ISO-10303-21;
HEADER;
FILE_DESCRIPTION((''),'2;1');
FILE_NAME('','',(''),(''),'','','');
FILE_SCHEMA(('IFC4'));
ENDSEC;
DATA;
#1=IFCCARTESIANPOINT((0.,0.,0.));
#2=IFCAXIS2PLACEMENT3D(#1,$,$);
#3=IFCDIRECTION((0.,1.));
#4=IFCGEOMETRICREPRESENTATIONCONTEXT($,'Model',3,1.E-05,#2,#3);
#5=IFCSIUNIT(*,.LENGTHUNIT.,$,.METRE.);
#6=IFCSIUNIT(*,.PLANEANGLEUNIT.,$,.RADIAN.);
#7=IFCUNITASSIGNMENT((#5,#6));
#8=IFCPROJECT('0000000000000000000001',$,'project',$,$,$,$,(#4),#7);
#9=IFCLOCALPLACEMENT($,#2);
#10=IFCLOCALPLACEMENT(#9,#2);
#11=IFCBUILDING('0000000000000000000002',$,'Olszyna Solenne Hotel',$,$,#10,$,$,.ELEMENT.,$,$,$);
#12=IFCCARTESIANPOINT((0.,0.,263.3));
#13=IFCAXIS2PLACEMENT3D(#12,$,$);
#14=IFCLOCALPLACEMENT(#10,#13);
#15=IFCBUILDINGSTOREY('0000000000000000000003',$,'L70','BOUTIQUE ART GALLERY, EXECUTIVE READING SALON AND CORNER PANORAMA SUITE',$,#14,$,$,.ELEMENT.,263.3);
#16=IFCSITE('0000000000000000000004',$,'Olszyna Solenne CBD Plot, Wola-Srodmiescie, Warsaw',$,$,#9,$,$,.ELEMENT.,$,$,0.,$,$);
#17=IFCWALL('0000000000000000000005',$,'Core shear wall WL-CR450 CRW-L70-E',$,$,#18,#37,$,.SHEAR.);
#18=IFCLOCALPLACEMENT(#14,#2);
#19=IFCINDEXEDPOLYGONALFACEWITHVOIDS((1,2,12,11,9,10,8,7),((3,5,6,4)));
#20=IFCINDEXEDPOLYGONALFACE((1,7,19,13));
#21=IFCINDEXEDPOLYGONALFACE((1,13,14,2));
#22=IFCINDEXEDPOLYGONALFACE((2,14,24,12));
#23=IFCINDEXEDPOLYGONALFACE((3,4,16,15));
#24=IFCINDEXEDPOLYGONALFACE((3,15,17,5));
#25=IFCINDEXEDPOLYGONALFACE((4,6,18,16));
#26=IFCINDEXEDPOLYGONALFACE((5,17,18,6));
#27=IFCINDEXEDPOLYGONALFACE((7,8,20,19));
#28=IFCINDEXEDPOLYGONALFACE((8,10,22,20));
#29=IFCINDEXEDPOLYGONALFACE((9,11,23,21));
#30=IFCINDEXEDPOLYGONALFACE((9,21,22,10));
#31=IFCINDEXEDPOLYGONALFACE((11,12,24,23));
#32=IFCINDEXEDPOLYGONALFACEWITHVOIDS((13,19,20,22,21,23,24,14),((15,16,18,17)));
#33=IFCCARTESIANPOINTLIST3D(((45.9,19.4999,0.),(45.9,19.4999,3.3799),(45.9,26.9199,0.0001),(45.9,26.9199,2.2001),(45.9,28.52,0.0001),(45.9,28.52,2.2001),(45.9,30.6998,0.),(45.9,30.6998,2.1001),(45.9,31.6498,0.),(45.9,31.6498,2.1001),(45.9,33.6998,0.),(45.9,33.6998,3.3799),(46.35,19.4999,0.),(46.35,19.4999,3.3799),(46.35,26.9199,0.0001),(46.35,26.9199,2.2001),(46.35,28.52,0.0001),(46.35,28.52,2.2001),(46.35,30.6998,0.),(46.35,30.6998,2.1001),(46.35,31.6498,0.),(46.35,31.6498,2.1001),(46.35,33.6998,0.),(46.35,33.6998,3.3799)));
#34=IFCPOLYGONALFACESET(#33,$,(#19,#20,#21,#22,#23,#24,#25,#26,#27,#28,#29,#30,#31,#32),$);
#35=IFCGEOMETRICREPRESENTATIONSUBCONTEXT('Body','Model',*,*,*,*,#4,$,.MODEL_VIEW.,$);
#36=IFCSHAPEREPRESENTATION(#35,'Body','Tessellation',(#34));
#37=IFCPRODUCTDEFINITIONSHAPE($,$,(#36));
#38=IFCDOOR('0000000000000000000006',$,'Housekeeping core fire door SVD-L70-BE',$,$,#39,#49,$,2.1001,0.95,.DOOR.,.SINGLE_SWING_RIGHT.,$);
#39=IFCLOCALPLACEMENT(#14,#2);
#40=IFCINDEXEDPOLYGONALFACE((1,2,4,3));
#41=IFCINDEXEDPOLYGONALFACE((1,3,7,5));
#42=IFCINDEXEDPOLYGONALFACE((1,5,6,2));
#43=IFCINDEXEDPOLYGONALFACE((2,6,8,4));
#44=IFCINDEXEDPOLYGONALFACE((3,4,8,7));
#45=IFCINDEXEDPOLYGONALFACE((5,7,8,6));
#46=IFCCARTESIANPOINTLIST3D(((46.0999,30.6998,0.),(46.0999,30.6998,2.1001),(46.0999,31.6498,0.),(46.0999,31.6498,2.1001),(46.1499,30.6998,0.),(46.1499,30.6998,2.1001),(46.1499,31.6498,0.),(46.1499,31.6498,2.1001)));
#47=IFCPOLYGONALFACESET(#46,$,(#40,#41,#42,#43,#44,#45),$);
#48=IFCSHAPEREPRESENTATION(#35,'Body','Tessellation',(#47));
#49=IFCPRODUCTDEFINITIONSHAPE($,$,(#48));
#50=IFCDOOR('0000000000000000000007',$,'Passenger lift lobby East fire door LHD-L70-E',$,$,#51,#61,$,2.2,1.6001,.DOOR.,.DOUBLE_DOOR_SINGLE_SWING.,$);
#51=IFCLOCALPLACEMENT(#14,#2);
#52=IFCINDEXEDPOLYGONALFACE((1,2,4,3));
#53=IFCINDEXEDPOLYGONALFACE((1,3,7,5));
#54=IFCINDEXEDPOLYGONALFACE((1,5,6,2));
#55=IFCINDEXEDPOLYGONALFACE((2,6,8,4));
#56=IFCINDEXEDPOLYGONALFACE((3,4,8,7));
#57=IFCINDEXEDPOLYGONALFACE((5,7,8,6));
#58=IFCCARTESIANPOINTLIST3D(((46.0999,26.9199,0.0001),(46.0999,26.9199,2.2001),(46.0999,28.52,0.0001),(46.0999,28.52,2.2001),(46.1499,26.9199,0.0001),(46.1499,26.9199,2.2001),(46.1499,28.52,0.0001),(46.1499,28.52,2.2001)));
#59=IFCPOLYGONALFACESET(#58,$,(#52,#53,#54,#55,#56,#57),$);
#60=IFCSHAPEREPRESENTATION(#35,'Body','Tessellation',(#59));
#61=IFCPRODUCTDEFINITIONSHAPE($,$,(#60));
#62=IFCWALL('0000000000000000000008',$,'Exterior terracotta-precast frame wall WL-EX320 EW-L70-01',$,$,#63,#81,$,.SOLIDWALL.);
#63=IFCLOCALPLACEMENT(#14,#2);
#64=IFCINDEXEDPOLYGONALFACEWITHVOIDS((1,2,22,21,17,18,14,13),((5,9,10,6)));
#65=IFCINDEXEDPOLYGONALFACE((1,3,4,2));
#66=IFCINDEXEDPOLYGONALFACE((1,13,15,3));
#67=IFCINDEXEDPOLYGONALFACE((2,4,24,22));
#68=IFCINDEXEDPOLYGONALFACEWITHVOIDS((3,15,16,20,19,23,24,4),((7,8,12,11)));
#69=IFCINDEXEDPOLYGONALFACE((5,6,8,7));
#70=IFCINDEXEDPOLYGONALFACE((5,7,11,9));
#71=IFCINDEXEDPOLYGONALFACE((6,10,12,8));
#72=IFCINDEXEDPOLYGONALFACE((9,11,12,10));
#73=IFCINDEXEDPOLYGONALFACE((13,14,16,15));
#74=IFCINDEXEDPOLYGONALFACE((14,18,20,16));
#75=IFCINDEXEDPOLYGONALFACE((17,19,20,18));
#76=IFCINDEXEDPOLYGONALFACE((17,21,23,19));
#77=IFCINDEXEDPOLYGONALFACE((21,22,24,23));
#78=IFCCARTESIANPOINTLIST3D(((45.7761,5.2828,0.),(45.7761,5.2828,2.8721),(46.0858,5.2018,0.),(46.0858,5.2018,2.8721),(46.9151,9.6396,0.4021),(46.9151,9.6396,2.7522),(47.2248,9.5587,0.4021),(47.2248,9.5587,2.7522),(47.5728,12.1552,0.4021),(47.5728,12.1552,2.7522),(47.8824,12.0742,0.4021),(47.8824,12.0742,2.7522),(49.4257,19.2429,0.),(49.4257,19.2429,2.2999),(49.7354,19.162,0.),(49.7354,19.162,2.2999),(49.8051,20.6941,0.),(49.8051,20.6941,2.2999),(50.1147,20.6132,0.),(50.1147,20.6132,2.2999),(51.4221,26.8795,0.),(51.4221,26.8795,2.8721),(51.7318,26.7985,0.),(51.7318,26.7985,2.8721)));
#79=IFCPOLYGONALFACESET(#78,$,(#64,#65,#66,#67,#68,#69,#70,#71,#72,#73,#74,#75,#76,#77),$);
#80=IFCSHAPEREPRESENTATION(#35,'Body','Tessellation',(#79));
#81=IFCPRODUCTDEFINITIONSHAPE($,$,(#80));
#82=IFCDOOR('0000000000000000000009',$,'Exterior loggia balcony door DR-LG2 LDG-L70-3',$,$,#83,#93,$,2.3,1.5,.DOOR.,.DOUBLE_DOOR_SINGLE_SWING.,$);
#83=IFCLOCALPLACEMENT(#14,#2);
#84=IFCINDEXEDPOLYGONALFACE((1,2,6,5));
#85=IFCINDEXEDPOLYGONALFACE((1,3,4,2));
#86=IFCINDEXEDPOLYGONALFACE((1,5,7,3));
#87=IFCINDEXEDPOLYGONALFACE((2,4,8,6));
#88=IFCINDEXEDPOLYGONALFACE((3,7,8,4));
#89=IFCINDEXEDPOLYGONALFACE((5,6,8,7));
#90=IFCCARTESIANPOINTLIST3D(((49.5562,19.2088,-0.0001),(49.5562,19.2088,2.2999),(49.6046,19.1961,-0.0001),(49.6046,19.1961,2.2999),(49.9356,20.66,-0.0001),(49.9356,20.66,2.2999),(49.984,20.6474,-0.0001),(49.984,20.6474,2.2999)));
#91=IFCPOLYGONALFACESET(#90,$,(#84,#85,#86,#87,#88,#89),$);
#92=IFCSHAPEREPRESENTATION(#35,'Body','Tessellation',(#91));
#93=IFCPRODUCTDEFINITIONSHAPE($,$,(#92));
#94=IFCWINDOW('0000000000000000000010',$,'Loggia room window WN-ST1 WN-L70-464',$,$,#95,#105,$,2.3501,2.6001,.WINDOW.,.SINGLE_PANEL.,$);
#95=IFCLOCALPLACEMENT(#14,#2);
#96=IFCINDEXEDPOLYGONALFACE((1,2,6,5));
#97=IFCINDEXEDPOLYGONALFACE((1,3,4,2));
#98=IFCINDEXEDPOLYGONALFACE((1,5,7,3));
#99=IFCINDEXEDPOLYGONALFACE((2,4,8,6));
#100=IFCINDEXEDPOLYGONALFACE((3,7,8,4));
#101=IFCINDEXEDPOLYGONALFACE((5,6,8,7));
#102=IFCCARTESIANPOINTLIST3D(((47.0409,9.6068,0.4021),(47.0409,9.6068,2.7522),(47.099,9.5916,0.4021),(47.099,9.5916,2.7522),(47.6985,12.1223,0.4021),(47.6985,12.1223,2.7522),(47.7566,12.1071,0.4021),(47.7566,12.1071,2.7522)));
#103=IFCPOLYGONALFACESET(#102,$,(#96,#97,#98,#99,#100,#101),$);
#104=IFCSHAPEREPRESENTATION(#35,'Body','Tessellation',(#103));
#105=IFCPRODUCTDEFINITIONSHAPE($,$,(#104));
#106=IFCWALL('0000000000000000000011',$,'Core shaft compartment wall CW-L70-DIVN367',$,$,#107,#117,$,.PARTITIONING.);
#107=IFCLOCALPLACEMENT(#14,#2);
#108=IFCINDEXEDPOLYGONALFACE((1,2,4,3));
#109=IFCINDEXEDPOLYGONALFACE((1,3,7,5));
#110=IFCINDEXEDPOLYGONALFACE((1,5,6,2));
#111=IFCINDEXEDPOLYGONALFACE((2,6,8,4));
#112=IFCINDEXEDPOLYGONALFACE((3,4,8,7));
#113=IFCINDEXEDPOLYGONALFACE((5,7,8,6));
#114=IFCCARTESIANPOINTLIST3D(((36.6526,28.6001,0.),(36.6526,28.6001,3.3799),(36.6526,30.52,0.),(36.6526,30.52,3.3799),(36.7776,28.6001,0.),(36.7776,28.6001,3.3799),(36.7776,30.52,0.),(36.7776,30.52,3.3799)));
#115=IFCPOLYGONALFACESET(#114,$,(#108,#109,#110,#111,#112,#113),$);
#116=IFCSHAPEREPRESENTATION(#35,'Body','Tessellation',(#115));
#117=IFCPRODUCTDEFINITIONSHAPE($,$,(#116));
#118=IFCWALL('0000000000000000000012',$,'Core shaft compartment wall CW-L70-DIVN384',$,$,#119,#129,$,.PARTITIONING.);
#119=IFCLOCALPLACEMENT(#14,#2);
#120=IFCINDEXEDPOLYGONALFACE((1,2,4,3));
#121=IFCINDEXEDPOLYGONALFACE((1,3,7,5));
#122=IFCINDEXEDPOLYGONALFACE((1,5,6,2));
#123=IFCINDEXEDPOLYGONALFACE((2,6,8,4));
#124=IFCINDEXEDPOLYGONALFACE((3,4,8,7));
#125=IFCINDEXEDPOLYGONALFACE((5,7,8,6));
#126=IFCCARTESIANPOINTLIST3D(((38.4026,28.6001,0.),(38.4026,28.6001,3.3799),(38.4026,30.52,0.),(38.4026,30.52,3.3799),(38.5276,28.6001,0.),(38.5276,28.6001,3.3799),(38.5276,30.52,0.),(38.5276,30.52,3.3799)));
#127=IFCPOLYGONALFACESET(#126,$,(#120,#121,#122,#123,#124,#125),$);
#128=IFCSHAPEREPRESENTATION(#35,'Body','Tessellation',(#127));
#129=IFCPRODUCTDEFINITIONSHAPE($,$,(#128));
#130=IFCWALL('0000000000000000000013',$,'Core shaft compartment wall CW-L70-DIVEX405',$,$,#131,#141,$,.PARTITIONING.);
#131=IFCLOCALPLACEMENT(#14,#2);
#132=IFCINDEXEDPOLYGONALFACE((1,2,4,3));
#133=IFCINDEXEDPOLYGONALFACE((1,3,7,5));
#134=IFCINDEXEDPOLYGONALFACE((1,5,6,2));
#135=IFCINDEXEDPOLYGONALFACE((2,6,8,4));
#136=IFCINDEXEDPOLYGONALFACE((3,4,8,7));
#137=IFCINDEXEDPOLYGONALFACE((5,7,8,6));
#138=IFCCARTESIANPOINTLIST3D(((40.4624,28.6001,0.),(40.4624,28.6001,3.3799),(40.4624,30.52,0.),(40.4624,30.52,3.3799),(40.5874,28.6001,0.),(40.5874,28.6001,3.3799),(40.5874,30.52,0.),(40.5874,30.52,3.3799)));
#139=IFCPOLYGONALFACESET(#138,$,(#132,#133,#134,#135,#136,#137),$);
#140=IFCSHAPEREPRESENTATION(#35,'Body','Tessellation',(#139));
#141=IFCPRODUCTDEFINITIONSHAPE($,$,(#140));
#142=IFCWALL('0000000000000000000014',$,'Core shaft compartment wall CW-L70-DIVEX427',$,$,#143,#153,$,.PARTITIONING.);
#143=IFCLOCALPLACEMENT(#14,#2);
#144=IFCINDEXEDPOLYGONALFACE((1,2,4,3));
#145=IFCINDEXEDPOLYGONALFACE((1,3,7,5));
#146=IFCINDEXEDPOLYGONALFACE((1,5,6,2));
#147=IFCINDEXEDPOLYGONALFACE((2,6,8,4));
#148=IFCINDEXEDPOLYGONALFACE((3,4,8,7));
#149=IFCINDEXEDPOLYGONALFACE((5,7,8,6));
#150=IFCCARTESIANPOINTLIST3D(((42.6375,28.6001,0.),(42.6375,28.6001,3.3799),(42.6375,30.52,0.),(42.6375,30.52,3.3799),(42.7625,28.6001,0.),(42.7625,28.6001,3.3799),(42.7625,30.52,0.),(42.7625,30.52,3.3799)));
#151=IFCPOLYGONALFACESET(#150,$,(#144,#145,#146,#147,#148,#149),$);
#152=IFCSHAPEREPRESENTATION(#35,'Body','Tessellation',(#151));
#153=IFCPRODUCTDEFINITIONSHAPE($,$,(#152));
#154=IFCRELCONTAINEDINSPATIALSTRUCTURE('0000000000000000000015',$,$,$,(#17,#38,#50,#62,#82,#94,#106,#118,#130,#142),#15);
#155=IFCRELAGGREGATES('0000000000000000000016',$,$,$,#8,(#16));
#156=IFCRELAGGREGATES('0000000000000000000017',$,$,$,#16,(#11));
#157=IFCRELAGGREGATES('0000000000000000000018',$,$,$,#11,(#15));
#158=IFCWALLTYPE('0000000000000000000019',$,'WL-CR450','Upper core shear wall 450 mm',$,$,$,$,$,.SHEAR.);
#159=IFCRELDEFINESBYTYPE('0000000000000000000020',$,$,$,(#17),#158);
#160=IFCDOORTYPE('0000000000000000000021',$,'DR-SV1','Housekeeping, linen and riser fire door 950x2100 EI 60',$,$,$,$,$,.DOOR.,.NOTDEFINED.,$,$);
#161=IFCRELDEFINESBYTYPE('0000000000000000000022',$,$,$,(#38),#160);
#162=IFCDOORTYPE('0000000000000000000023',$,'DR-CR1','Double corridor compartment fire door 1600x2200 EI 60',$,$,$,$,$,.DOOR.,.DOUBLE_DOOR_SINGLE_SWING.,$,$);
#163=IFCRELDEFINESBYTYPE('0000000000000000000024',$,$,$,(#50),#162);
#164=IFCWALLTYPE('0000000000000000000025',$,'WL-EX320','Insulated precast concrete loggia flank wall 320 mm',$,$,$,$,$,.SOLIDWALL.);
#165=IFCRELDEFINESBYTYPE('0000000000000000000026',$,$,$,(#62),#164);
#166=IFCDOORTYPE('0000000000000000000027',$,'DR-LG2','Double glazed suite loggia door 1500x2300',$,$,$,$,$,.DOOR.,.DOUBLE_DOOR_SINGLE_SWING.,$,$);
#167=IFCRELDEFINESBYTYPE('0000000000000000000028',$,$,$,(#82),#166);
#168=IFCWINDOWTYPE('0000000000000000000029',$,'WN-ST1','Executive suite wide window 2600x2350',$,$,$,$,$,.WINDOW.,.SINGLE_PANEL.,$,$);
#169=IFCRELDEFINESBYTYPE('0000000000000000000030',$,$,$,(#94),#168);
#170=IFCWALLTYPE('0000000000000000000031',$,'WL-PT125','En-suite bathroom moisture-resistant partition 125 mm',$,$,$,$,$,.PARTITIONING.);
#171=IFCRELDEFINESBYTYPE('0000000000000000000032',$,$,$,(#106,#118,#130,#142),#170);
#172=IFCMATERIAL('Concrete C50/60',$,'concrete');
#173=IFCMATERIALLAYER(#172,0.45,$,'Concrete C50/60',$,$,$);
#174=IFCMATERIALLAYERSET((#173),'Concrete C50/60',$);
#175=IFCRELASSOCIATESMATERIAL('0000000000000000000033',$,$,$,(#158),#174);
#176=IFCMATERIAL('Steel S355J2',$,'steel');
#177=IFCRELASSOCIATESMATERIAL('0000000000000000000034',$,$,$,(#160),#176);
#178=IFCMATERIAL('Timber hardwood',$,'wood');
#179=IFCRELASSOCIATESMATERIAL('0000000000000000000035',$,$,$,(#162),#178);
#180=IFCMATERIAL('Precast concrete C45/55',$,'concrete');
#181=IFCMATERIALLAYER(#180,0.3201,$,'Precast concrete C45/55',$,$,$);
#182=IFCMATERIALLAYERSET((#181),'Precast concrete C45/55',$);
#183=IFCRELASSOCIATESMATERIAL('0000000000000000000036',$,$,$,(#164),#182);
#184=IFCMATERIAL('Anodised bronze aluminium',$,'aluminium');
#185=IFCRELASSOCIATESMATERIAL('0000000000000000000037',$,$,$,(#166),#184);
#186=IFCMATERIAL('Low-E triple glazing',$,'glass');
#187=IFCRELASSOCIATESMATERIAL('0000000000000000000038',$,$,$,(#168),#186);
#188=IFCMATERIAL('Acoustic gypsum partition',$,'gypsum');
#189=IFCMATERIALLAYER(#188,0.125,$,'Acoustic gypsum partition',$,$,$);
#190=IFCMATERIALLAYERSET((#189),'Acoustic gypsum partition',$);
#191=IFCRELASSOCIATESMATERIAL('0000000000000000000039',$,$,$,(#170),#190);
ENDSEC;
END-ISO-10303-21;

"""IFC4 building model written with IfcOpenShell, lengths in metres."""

from ifc_helpers import new_model, si_unit, direction, frame, frame_2d, origin, place, context, subcontext, project, spatial, rectangle, extrude, source, transform, mapped, material, layer, layer_set, type_object, type_shapes, element, fill, save


model = new_model("IFC4")

# Units and contexts
model_context = context("Model", 3, precision=1e-05, world=origin(), true_north=direction((0.0, 1.0)))
body_context = subcontext(model_context, "Body", "Model", "MODEL_VIEW")
ifc_project = project(units=[si_unit("LENGTHUNIT", "METRE"), si_unit("PLANEANGLEUNIT", "RADIAN")], contexts=[model_context])

# Site, building, storey
site_placement = place(None, origin())
site = spatial("IfcSite", under=ifc_project, at=site_placement, Name="Olszyna Solenne CBD Plot, Wola-Srodmiescie, Warsaw", CompositionType="ELEMENT", RefElevation=0.0)
building_placement = place(site_placement, origin())
building = spatial("IfcBuilding", under=site, at=building_placement, Name="Olszyna Solenne Hotel", CompositionType="ELEMENT")
storey_placement = place(building_placement, frame((0.0, 0.0, 263.3)))
storey = spatial("IfcBuildingStorey", under=building, at=storey_placement, Name="L70", Description="BOUTIQUE ART GALLERY, EXECUTIVE READING SALON AND CORNER PANORAMA SUITE", CompositionType="ELEMENT", Elevation=263.3)

# Shared definitions
ifc_material_1 = material(Name="Steel S355J2", Category="steel")

# Wall, openings, doors
ifc_material_2 = material(Name="Concrete C50/60", Category="concrete")
ifc_layer_1 = layer(ifc_material_2, 0.45, Name="Concrete C50/60")
ifc_layer_set_1 = layer_set([ifc_layer_1], Name="Concrete C50/60")
wall_type_1 = type_object("IfcWallType", Name="WL-CR450", Description="Upper core shear wall 450 mm", PredefinedType="SHEAR", material=ifc_layer_set_1)
wall_1_placement = place(storey_placement, frame((46.125, 33.7, 0.0), z_axis=(0.0, 0.0, 1.0), x_axis=(0.0, -1.0, 0.0)))
wall_1 = element("IfcWall", 1, at=wall_1_placement, inside=storey, type_object=wall_type_1, Name="Core shear wall WL-CR450 CRW-L70-E", PredefinedType="SHEAR", context=body_context, shape_type="SweptSolid", body=[
    extrude(rectangle(XDim=14.2, YDim=0.45, at=frame_2d((7.1001, 0.0))), origin(), (0.0, 0.0, 1.0), 3.3799),
])
opening_1_placement = place(wall_1_placement, frame((5.1799, 0.0, 0.0)))
opening_1 = element("IfcOpeningElement", 2, at=opening_1_placement, cuts=wall_1, PredefinedType="OPENING", context=body_context, shape_type="SweptSolid", body=[
    extrude(rectangle(XDim=1.6001, YDim=2.2, at=frame_2d((0.8, 1.1001))), frame((0.0, 0.2349, 0.0), z_axis=(0.0, -1.0, 0.0), x_axis=(1.0, 0.0, 0.0)), (0.0, 0.0, 1.0), 0.47),
])
opening_2_placement = place(wall_1_placement, frame((2.05, 0.0, 0.0)))
opening_2 = element("IfcOpeningElement", 3, at=opening_2_placement, cuts=wall_1, PredefinedType="OPENING", context=body_context, shape_type="SweptSolid", body=[
    extrude(rectangle(XDim=0.95, YDim=2.1001, at=frame_2d((0.4751, 1.05))), frame((0.0, 0.2349, 0.0), z_axis=(0.0, -1.0, 0.0), x_axis=(1.0, 0.0, 0.0)), (0.0, 0.0, 1.0), 0.47),
])
door_type_1 = type_object("IfcDoorType", Name="DR-SV1", Description="Housekeeping, linen and riser fire door 950x2100 EI 60", OperationType="NOTDEFINED", PredefinedType="DOOR", material=ifc_material_1)
shared_shape_1 = source(origin(), body_context, "Body", "SweptSolid", [
    extrude(rectangle(XDim=0.95, YDim=2.1001, at=frame_2d((0.4751, 1.05))), frame((0.0, 0.0249, 0.0), z_axis=(0.0, -1.0, 0.0), x_axis=(1.0, 0.0, 0.0)), (0.0, 0.0, 1.0), 0.05),
])
type_shapes(door_type_1, [shared_shape_1])
door_1_placement = place(opening_2_placement, origin())
door_1 = element("IfcDoor", 4, at=door_1_placement, inside=storey, type_object=door_type_1, Name="Housekeeping core fire door SVD-L70-BE", OperationType="SINGLE_SWING_RIGHT", OverallHeight=2.1001, OverallWidth=0.95, PredefinedType="DOOR", context=body_context, shape_type="MappedRepresentation", body=[
    mapped(shared_shape_1, transform((0.0, 0.0, 0.0), x_axis=(1.0, 0.0, 0.0), y_axis=(0.0, 1.0, 0.0), z_axis=(0.0, 0.0, 1.0), scale=1.0)),
])
fill(opening_2, door_1)
ifc_material_3 = material(Name="Timber hardwood", Category="wood")
door_type_2 = type_object("IfcDoorType", Name="DR-CR1", Description="Double corridor compartment fire door 1600x2200 EI 60", OperationType="DOUBLE_DOOR_SINGLE_SWING", PredefinedType="DOOR", material=ifc_material_3)
shared_shape_2 = source(origin(), body_context, "Body", "SweptSolid", [
    extrude(rectangle(XDim=1.6001, YDim=2.2, at=frame_2d((0.8, 1.1001))), frame((0.0, 0.0249, 0.0), z_axis=(0.0, -1.0, 0.0), x_axis=(1.0, 0.0, 0.0)), (0.0, 0.0, 1.0), 0.05),
])
type_shapes(door_type_2, [shared_shape_2])
door_2_placement = place(opening_1_placement, origin())
door_2 = element("IfcDoor", 5, at=door_2_placement, inside=storey, type_object=door_type_2, Name="Passenger lift lobby East fire door LHD-L70-E", OperationType="DOUBLE_DOOR_SINGLE_SWING", OverallHeight=2.2, OverallWidth=1.6001, PredefinedType="DOOR", context=body_context, shape_type="MappedRepresentation", body=[
    mapped(shared_shape_2, transform((0.0, 0.0, 0.0), x_axis=(1.0, 0.0, 0.0), y_axis=(0.0, 1.0, 0.0), z_axis=(0.0, 0.0, 1.0), scale=1.0)),
])
fill(opening_1, door_2)

# Wall, openings, door, window
ifc_material_4 = material(Name="Precast concrete C45/55", Category="concrete")
ifc_layer_2 = layer(ifc_material_4, 0.3201, Name="Precast concrete C45/55")
ifc_layer_set_2 = layer_set([ifc_layer_2], Name="Precast concrete C45/55")
wall_type_2 = type_object("IfcWallType", Name="WL-EX320", Description="Insulated precast concrete loggia flank wall 320 mm", PredefinedType="SOLIDWALL", material=ifc_layer_set_2)
wall_2_placement = place(storey_placement, frame((51.5769, 26.8389, 0.0), z_axis=(0.0, 0.0, 1.0), x_axis=(-0.252929, -0.967485, 0.0)))
wall_2 = element("IfcWall", 6, at=wall_2_placement, inside=storey, type_object=wall_type_2, Name="Exterior terracotta-precast frame wall WL-EX320 EW-L70-01", PredefinedType="SOLIDWALL", context=body_context, shape_type="SweptSolid", body=[
    extrude(rectangle(XDim=22.3225, YDim=0.3201, at=frame_2d((11.1611, 0.0))), origin(), (0.0, 0.0, 1.0), 2.8721),
])
opening_3_placement = place(wall_2_placement, frame((6.3931, 0.0, 0.0)))
opening_3 = element("IfcOpeningElement", 7, at=opening_3_placement, cuts=wall_2, PredefinedType="OPENING", context=body_context, shape_type="SweptSolid", body=[
    extrude(rectangle(XDim=1.5, YDim=2.3, at=frame_2d((0.75, 1.1499))), frame((0.0, 0.1699, 0.0), z_axis=(0.0, -1.0, 0.0), x_axis=(1.0, 0.0, 0.0)), (0.0, 0.0, 1.0), 0.3401),
])
opening_4_placement = place(wall_2_placement, frame((15.219, 0.0, 0.4021)))
opening_4 = element("IfcOpeningElement", 8, at=opening_4_placement, cuts=wall_2, PredefinedType="OPENING", context=body_context, shape_type="SweptSolid", body=[
    extrude(rectangle(XDim=2.6001, YDim=2.3501, at=frame_2d((1.3, 1.175))), frame((0.0, 0.1699, 0.0), z_axis=(0.0, -1.0, 0.0), x_axis=(1.0, 0.0, 0.0)), (0.0, 0.0, 1.0), 0.3401),
])
ifc_material_5 = material(Name="Anodised bronze aluminium", Category="aluminium")
door_type_3 = type_object("IfcDoorType", Name="DR-LG2", Description="Double glazed suite loggia door 1500x2300", OperationType="DOUBLE_DOOR_SINGLE_SWING", PredefinedType="DOOR", material=ifc_material_5)
shared_shape_3 = source(origin(), body_context, "Body", "SweptSolid", [
    extrude(rectangle(XDim=1.5, YDim=2.3, at=frame_2d((0.75, 1.1499))), frame((0.0, 0.0249, 0.0), z_axis=(0.0, -1.0, 0.0), x_axis=(1.0, 0.0, 0.0)), (0.0, 0.0, 1.0), 0.05),
])
type_shapes(door_type_3, [shared_shape_3])
door_3_placement = place(opening_3_placement, origin())
door_3 = element("IfcDoor", 9, at=door_3_placement, inside=storey, type_object=door_type_3, Name="Exterior loggia balcony door DR-LG2 LDG-L70-3", OperationType="DOUBLE_DOOR_SINGLE_SWING", OverallHeight=2.3, OverallWidth=1.5, PredefinedType="DOOR", context=body_context, shape_type="MappedRepresentation", body=[
    mapped(shared_shape_3, transform((0.0, 0.0, 0.0), x_axis=(1.0, 0.0, 0.0), y_axis=(0.0, 1.0, 0.0), z_axis=(0.0, 0.0, 1.0), scale=1.0)),
])
fill(opening_3, door_3)
ifc_material_6 = material(Name="Low-E triple glazing", Category="glass")
window_type = type_object("IfcWindowType", Name="WN-ST1", Description="Executive suite wide window 2600x2350", PartitioningType="SINGLE_PANEL", PredefinedType="WINDOW", material=ifc_material_6)
shared_shape_4 = source(origin(), body_context, "Body", "SweptSolid", [
    extrude(rectangle(XDim=2.6001, YDim=2.3501, at=frame_2d((1.3, 1.175))), frame((0.0, 0.03, 0.0), z_axis=(0.0, -1.0, 0.0), x_axis=(1.0, 0.0, 0.0)), (0.0, 0.0, 1.0), 0.0601),
])
type_shapes(window_type, [shared_shape_4])
window_placement = place(opening_4_placement, origin())
window = element("IfcWindow", 10, at=window_placement, inside=storey, type_object=window_type, Name="Loggia room window WN-ST1 WN-L70-464", OverallHeight=2.3501, OverallWidth=2.6001, PartitioningType="SINGLE_PANEL", PredefinedType="WINDOW", context=body_context, shape_type="MappedRepresentation", body=[
    mapped(shared_shape_4, transform((0.0, 0.0, 0.0), x_axis=(1.0, 0.0, 0.0), y_axis=(0.0, 1.0, 0.0), z_axis=(0.0, 0.0, 1.0), scale=1.0)),
])
fill(opening_4, window)

# Walls
ifc_material_7 = material(Name="Acoustic gypsum partition", Category="gypsum")
ifc_layer_3 = layer(ifc_material_7, 0.125, Name="Acoustic gypsum partition")
ifc_layer_set_3 = layer_set([ifc_layer_3], Name="Acoustic gypsum partition")
wall_type_3 = type_object("IfcWallType", Name="WL-PT125", Description="En-suite bathroom moisture-resistant partition 125 mm", PredefinedType="PARTITIONING", material=ifc_layer_set_3)
for number, where, z_axis, x_axis, name in (
    (11, (36.7151, 28.6001, 0.0), (0.0, 0.0, 1.0), (0.0, 1.0, 0.0), "Core shaft compartment wall CW-L70-DIVN367"),
    (12, (38.4651, 28.6001, 0.0), (0.0, 0.0, 1.0), (0.0, 1.0, 0.0), "Core shaft compartment wall CW-L70-DIVN384"),
    (13, (40.5249, 28.6001, 0.0), (0.0, 0.0, 1.0), (0.0, 1.0, 0.0), "Core shaft compartment wall CW-L70-DIVEX405"),
    (14, (42.7, 28.6001, 0.0), (0.0, 0.0, 1.0), (0.0, 1.0, 0.0), "Core shaft compartment wall CW-L70-DIVEX427"),
):
    element("IfcWall", number, at=place(storey_placement, frame(where, z_axis=z_axis, x_axis=x_axis)), inside=storey, type_object=wall_type_3, Name=name, PredefinedType="PARTITIONING", context=body_context, shape_type="SweptSolid", body=[
        extrude(rectangle(XDim=1.9199, YDim=0.125, at=frame_2d((0.96, 0.0))), origin(), (0.0, 0.0, 1.0), 3.3799),
    ])

save(model, "model.ifc")
